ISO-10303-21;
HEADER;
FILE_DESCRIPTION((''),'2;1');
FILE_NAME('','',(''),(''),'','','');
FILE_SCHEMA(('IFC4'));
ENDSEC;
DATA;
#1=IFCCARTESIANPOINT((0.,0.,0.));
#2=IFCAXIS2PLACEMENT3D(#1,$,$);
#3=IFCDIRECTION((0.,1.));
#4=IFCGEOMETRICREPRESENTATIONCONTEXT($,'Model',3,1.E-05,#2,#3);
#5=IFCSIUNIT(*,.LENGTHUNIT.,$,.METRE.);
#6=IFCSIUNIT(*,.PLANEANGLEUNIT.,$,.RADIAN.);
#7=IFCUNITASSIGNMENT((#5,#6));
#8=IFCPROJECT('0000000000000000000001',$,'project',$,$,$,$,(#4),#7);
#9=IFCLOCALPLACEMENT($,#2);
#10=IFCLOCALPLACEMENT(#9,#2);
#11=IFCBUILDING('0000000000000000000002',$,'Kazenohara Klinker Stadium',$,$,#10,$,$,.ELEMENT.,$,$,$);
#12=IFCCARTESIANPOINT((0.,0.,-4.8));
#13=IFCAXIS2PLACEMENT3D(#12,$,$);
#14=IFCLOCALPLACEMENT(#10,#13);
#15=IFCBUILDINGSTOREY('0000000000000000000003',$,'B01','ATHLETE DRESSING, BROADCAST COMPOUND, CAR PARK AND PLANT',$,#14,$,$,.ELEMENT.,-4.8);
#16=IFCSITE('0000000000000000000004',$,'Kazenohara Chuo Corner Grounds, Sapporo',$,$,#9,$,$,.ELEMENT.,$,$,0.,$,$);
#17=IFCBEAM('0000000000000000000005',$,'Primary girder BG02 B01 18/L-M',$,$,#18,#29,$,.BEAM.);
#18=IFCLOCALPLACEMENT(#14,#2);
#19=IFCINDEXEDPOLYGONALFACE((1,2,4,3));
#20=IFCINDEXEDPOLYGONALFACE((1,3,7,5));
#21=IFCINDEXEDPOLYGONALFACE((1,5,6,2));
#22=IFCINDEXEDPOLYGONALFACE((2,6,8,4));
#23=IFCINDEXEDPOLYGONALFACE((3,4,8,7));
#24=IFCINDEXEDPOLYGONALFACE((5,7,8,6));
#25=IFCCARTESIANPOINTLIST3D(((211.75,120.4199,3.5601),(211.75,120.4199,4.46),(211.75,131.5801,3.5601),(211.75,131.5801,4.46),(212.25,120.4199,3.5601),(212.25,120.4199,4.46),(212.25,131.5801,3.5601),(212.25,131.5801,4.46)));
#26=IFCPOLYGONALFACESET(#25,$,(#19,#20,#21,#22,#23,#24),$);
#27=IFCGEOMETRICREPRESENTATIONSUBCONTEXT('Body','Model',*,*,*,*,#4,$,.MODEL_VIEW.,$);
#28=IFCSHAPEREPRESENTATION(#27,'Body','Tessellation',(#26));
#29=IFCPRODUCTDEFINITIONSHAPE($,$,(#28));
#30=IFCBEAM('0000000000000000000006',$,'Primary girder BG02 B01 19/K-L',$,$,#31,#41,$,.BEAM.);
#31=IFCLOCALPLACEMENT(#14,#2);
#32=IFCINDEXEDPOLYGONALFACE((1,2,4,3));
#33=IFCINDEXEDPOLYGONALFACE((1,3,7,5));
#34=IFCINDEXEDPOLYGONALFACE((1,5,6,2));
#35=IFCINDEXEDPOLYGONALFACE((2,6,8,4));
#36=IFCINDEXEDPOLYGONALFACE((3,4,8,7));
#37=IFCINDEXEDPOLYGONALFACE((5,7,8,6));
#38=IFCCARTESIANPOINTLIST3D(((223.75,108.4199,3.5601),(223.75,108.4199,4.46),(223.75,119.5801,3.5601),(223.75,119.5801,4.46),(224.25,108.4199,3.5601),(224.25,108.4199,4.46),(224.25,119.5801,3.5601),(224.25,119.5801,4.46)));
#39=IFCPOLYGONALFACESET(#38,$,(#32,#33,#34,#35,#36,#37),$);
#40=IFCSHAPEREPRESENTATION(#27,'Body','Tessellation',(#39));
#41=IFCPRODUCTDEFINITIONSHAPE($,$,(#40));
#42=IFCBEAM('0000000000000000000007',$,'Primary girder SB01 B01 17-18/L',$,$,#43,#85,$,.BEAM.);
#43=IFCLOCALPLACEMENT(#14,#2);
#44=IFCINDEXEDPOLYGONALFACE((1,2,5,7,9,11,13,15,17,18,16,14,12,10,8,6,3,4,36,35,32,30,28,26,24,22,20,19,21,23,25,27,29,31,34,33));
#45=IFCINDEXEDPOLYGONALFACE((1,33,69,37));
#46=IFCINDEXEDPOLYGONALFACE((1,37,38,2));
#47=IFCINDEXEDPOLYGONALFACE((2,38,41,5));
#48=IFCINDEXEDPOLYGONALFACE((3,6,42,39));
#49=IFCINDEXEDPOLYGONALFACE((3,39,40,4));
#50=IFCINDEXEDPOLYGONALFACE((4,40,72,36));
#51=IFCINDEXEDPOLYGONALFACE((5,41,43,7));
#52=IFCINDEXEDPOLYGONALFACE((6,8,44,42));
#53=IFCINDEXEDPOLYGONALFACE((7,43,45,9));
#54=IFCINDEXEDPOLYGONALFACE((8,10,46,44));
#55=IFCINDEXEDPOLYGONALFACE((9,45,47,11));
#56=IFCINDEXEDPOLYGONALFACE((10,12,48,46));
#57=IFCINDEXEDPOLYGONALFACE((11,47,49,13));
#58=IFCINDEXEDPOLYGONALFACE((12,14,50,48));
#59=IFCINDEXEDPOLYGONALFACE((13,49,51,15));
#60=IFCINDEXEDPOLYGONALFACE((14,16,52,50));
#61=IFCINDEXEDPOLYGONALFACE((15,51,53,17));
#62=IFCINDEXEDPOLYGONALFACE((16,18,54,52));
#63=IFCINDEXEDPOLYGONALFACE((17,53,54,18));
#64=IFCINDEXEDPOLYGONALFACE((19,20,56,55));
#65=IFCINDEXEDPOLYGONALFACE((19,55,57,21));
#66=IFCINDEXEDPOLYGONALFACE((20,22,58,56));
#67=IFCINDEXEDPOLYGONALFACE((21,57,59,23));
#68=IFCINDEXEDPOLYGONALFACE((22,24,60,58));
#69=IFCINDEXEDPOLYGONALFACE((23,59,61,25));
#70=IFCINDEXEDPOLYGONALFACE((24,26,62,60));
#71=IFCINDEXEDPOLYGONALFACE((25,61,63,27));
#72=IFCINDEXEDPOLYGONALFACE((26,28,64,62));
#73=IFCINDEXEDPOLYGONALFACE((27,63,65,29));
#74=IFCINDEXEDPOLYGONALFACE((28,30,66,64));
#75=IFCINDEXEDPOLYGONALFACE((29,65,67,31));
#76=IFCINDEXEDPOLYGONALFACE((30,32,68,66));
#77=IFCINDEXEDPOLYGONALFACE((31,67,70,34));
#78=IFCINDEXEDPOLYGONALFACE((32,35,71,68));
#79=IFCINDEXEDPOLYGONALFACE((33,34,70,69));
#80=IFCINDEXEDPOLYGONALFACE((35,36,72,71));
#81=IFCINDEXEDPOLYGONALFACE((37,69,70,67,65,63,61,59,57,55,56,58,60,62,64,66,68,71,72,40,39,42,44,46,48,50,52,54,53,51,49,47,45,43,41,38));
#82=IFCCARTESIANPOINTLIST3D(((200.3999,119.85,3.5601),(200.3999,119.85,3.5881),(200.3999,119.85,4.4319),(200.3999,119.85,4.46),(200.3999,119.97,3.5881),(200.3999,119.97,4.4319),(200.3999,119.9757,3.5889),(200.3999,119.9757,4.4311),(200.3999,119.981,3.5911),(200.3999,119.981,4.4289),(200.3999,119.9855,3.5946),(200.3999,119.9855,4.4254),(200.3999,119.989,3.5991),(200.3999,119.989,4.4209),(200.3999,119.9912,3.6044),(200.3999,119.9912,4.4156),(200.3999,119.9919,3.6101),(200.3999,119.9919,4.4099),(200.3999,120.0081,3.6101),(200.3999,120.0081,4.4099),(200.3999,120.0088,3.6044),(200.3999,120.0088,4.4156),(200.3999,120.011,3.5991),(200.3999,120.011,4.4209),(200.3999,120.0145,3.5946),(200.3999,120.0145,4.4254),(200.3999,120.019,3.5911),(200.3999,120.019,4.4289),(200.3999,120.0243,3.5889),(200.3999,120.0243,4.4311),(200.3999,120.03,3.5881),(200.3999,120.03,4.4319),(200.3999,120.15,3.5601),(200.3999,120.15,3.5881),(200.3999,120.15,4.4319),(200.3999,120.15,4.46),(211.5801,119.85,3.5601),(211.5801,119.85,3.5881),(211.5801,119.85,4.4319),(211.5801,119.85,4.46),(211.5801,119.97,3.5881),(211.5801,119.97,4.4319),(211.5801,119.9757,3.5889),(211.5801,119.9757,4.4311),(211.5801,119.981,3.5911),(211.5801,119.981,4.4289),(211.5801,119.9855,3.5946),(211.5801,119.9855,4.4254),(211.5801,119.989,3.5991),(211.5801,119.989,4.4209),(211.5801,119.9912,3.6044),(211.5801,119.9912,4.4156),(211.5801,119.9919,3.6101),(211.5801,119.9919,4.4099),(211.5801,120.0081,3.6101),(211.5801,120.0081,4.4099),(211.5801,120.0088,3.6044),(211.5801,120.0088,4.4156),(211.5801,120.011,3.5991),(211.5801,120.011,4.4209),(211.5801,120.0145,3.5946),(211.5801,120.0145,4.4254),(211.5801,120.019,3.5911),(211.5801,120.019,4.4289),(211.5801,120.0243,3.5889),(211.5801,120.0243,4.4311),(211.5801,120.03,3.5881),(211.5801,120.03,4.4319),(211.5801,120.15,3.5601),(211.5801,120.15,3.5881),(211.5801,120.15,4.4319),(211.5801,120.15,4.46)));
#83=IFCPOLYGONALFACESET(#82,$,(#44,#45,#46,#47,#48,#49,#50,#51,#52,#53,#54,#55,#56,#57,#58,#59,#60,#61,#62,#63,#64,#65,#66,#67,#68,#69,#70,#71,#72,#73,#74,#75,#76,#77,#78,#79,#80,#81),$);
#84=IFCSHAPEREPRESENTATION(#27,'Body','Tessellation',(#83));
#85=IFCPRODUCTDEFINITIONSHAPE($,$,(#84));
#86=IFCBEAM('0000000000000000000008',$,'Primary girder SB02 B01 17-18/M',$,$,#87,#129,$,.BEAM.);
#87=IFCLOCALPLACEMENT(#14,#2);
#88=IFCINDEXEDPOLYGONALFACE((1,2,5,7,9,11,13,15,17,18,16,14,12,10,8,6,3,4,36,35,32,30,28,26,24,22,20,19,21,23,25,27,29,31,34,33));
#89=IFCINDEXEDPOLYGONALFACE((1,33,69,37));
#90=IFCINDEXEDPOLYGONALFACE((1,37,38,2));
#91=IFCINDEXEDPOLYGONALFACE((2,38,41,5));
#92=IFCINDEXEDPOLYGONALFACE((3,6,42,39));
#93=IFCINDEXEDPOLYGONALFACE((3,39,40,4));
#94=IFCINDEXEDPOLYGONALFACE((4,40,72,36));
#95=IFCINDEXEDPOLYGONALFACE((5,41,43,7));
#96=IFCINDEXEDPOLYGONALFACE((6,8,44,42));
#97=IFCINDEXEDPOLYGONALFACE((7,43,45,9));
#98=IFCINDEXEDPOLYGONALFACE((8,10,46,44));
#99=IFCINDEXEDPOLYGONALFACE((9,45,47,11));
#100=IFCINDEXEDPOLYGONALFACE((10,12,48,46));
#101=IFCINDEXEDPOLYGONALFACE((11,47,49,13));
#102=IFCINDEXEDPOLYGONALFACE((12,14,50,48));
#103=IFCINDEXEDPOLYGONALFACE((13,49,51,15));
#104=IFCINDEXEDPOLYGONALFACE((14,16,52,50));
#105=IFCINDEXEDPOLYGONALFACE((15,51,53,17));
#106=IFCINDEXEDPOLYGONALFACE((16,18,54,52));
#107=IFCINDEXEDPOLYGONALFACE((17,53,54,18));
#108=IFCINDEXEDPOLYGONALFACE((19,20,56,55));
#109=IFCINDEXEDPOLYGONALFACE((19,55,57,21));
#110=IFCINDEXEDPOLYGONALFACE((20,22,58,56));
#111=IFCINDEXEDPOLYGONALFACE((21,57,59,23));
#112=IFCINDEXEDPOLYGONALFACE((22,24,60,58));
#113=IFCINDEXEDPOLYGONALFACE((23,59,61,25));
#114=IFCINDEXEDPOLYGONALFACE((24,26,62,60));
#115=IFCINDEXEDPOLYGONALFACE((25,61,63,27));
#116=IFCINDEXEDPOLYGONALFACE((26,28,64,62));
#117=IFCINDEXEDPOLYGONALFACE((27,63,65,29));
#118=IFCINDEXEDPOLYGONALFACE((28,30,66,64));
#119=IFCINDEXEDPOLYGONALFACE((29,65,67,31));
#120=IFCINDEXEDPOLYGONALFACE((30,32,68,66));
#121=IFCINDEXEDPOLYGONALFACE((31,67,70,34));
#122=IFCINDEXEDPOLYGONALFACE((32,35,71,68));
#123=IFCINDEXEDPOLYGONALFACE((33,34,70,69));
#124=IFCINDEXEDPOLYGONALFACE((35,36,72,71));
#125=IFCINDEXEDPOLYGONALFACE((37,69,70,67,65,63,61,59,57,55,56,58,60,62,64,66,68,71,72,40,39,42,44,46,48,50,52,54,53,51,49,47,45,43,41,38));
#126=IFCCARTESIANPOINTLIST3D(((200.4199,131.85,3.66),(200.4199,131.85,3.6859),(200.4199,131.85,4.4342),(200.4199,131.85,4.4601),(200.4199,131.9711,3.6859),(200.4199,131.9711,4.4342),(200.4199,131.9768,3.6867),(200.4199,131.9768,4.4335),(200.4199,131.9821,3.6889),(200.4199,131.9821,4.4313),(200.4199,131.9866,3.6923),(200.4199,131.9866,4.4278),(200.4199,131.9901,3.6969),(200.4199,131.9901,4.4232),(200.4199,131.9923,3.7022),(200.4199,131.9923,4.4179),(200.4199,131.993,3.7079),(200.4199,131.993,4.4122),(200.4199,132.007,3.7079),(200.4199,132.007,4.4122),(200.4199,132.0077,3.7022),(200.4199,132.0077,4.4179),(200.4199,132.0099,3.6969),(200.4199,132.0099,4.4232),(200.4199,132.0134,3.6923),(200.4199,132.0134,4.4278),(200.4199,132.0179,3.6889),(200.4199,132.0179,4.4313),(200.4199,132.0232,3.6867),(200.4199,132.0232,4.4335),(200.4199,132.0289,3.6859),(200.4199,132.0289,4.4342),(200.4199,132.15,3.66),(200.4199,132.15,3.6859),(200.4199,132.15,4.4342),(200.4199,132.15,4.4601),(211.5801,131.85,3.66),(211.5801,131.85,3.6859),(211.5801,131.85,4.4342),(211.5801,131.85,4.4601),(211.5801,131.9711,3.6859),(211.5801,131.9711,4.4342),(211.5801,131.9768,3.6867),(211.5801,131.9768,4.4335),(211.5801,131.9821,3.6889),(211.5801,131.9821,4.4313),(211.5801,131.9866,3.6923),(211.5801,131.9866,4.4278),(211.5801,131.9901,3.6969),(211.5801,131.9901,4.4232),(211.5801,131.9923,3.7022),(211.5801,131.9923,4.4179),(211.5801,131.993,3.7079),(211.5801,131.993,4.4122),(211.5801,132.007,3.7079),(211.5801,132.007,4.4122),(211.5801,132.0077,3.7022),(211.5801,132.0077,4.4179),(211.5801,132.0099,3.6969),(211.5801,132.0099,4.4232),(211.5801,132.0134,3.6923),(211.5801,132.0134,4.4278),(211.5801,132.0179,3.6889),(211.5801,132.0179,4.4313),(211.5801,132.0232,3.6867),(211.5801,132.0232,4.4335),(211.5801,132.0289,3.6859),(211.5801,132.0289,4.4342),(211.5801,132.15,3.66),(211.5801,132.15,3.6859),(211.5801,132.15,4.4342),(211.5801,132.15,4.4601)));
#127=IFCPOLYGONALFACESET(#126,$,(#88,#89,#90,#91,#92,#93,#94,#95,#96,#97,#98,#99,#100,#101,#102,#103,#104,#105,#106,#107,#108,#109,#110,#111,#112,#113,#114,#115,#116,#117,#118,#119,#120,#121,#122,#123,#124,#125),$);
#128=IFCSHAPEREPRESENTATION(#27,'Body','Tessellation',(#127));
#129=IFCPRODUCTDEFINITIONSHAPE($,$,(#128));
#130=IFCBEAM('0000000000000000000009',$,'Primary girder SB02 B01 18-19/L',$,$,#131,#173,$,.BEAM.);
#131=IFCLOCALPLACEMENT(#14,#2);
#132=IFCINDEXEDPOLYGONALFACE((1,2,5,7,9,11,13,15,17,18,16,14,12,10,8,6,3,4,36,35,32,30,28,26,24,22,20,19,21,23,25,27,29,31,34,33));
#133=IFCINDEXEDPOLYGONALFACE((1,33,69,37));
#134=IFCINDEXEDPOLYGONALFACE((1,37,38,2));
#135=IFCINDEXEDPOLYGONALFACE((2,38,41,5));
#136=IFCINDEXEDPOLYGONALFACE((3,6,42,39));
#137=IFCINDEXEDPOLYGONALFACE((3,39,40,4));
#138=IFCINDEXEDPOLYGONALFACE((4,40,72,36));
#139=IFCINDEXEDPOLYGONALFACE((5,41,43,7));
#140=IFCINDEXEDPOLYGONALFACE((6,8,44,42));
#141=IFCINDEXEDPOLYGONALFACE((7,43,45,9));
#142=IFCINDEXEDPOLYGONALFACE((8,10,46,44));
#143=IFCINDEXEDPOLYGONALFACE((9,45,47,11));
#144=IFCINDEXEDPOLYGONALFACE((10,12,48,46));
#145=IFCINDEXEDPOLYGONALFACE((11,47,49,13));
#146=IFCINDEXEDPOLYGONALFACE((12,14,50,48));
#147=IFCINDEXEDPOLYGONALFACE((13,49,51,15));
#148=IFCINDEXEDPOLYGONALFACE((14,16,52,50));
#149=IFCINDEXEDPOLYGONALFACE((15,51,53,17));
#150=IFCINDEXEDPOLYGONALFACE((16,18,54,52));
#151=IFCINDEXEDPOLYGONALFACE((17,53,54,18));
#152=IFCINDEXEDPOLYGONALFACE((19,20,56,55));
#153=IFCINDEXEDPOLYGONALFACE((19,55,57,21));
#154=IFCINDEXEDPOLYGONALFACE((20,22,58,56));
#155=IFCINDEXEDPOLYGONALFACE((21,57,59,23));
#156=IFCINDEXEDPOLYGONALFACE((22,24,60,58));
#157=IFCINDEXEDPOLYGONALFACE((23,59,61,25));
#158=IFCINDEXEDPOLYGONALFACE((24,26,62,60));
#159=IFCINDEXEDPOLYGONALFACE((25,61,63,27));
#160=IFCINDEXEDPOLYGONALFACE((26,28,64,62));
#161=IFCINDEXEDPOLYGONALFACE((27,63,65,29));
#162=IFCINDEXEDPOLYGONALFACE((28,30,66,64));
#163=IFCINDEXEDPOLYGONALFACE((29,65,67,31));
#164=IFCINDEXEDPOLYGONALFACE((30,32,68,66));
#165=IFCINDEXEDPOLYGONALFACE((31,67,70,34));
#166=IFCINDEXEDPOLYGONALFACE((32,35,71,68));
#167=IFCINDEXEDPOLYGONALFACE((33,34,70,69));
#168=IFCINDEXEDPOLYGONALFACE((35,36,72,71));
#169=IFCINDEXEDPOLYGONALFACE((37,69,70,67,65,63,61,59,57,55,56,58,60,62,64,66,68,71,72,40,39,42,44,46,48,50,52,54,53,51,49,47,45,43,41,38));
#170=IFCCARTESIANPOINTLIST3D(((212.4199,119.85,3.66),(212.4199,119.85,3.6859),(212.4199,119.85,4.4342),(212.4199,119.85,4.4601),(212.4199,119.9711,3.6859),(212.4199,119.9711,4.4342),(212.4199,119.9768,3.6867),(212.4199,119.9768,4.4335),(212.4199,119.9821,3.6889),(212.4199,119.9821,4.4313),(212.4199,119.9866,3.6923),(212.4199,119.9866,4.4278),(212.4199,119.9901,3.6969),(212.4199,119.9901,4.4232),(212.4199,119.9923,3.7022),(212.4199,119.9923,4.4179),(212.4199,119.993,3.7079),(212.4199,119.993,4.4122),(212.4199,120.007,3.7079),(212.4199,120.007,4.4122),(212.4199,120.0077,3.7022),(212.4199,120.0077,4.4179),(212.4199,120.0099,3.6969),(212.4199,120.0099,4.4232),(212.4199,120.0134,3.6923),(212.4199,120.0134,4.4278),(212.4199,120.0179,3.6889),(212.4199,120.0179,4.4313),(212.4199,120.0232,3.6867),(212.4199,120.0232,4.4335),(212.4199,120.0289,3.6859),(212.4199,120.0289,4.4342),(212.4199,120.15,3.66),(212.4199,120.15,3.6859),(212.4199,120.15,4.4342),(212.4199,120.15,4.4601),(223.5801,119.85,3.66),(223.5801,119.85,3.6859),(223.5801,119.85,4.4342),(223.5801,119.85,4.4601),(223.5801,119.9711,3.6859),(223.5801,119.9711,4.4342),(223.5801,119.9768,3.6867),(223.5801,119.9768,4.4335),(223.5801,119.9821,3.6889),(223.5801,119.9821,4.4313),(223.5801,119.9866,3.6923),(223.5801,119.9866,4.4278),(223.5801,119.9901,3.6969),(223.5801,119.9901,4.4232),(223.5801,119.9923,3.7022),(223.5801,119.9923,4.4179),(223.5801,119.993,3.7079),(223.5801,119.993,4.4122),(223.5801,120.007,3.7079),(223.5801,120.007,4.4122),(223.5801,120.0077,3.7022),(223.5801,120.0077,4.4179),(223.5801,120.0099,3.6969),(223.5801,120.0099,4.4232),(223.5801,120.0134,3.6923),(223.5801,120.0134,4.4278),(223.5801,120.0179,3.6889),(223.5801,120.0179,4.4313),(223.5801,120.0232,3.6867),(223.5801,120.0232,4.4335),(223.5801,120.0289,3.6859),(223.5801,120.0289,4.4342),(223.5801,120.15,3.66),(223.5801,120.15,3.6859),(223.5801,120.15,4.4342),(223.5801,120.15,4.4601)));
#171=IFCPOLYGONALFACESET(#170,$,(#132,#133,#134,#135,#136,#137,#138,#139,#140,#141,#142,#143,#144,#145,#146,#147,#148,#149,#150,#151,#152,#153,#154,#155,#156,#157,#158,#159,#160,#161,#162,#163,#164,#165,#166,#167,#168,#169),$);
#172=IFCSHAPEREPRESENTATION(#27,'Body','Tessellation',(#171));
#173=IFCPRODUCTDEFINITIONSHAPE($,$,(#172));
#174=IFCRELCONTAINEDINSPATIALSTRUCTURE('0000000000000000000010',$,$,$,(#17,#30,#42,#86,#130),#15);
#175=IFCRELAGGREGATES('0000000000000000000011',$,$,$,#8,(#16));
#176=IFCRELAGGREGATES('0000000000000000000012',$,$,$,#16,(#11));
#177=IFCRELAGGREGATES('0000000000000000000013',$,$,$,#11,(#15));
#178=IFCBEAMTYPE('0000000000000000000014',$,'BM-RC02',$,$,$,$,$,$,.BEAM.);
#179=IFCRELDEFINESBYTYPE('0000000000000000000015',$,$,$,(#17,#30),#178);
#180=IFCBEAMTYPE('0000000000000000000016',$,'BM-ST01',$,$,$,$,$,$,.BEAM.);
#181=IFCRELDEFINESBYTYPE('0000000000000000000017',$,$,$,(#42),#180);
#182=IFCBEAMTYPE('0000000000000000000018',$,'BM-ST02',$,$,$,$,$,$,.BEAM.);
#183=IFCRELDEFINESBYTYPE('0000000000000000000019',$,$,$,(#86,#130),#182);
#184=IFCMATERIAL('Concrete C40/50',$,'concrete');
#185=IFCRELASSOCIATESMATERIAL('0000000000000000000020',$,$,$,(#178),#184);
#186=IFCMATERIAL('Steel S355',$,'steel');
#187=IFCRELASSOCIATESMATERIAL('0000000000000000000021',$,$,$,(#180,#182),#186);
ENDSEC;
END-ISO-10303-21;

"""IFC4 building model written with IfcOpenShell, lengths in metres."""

from ifc_helpers import new_model, si_unit, direction, frame, origin, origin_2d, place, context, subcontext, project, spatial, rectangle, i_section, extrude, material, material_profile, profile_set, type_object, element, save


model = new_model("IFC4")

# Units and contexts
model_context = context("Model", 3, precision=1e-05, world=origin(), true_north=direction((0.0, 1.0)))
body_context = subcontext(model_context, "Body", "Model", "MODEL_VIEW")
ifc_project = project(units=[si_unit("LENGTHUNIT", "METRE"), si_unit("PLANEANGLEUNIT", "RADIAN")], contexts=[model_context])

# Site, building, storey
site_placement = place(None, origin())
site = spatial("IfcSite", under=ifc_project, at=site_placement, Name="Kazenohara Chuo Corner Grounds, Sapporo", CompositionType="ELEMENT", RefElevation=0.0)
building_placement = place(site_placement, origin())
building = spatial("IfcBuilding", under=site, at=building_placement, Name="Kazenohara Klinker Stadium", CompositionType="ELEMENT")
storey_placement = place(building_placement, frame((0.0, 0.0, -4.8)))
storey = spatial("IfcBuildingStorey", under=building, at=storey_placement, Name="B01", Description="ATHLETE DRESSING, BROADCAST COMPOUND, CAR PARK AND PLANT", CompositionType="ELEMENT", Elevation=-4.8)

# Shared definitions
ifc_material_1 = material(Name="Concrete C40/50", Category="concrete")

# Beams
ifc_material_2 = material(Name="Steel S355", Category="steel")
ifc_material_profile_1 = material_profile(ifc_material_1, rectangle(XDim=0.5, YDim=0.8999, at=origin_2d()), Name="RC-BM-500x900")
ifc_profile_set_1 = profile_set([ifc_material_profile_1], Name="Concrete C40/50")
beam_type_1 = type_object("IfcBeamType", Name="BM-RC02", PredefinedType="BEAM", material=ifc_profile_set_1)
for number, where, z_axis, x_axis, name in (
    (1, (212.0, 120.4199, 4.01), (0.0, 1.0, 0.0), (-1.0, 0.0, 0.0), "Primary girder BG02 B01 18/L-M"),
    (2, (224.0, 108.4199, 4.01), (0.0, 1.0, 0.0), (-1.0, 0.0, 0.0), "Primary girder BG02 B01 19/K-L"),
):
    element("IfcBeam", number, at=place(storey_placement, frame(where, z_axis=z_axis, x_axis=x_axis)), inside=storey, type_object=beam_type_1, Name=name, PredefinedType="BEAM", context=body_context, shape_type="SweptSolid", body=[
        extrude(rectangle(XDim=0.5, YDim=0.8999, at=origin_2d()), origin(), (0.0, 0.0, 1.0), 11.1602),
    ])
ifc_material_profile_2 = material_profile(ifc_material_2, i_section(OverallWidth=0.3, OverallDepth=0.8999, WebThickness=0.0161, FlangeThickness=0.0281, FilletRadius=0.022, at=origin_2d()), Name="H-900x300x16x28")
ifc_profile_set_2 = profile_set([ifc_material_profile_2], Name="Steel S355")
beam_type_2 = type_object("IfcBeamType", Name="BM-ST01", PredefinedType="BEAM", material=ifc_profile_set_2)
beam_1_placement = place(storey_placement, frame((200.3999, 120.0, 4.01), z_axis=(1.0, 0.0, 0.0), x_axis=(0.0, 1.0, 0.0)))
element("IfcBeam", 3, at=beam_1_placement, inside=storey, type_object=beam_type_2, Name="Primary girder SB01 B01 17-18/L", PredefinedType="BEAM", context=body_context, shape_type="SweptSolid", body=[
    extrude(i_section(OverallWidth=0.3, OverallDepth=0.8999, WebThickness=0.0161, FlangeThickness=0.0281, FilletRadius=0.022, at=origin_2d()), origin(), (0.0, 0.0, 1.0), 11.1802),
])
ifc_material_profile_3 = material_profile(ifc_material_2, i_section(OverallWidth=0.3, OverallDepth=0.8, WebThickness=0.0139, FlangeThickness=0.0259, FilletRadius=0.022, at=origin_2d()), Name="H-800x300x14x26")
ifc_profile_set_3 = profile_set([ifc_material_profile_3], Name="Steel S355")
beam_type_3 = type_object("IfcBeamType", Name="BM-ST02", PredefinedType="BEAM", material=ifc_profile_set_3)
for number, where, z_axis, x_axis, name in (
    (4, (200.4199, 132.0, 4.0601), (1.0, 0.0, 0.0), (0.0, 1.0, 0.0), "Primary girder SB02 B01 17-18/M"),
    (5, (212.4199, 120.0, 4.0601), (1.0, 0.0, 0.0), (0.0, 1.0, 0.0), "Primary girder SB02 B01 18-19/L"),
):
    element("IfcBeam", number, at=place(storey_placement, frame(where, z_axis=z_axis, x_axis=x_axis)), inside=storey, type_object=beam_type_3, Name=name, PredefinedType="BEAM", context=body_context, shape_type="SweptSolid", body=[
        extrude(i_section(OverallWidth=0.3, OverallDepth=0.8, WebThickness=0.0139, FlangeThickness=0.0259, FilletRadius=0.022, at=origin_2d()), origin(), (0.0, 0.0, 1.0), 11.1602),
    ])

save(model, "model.ifc")
